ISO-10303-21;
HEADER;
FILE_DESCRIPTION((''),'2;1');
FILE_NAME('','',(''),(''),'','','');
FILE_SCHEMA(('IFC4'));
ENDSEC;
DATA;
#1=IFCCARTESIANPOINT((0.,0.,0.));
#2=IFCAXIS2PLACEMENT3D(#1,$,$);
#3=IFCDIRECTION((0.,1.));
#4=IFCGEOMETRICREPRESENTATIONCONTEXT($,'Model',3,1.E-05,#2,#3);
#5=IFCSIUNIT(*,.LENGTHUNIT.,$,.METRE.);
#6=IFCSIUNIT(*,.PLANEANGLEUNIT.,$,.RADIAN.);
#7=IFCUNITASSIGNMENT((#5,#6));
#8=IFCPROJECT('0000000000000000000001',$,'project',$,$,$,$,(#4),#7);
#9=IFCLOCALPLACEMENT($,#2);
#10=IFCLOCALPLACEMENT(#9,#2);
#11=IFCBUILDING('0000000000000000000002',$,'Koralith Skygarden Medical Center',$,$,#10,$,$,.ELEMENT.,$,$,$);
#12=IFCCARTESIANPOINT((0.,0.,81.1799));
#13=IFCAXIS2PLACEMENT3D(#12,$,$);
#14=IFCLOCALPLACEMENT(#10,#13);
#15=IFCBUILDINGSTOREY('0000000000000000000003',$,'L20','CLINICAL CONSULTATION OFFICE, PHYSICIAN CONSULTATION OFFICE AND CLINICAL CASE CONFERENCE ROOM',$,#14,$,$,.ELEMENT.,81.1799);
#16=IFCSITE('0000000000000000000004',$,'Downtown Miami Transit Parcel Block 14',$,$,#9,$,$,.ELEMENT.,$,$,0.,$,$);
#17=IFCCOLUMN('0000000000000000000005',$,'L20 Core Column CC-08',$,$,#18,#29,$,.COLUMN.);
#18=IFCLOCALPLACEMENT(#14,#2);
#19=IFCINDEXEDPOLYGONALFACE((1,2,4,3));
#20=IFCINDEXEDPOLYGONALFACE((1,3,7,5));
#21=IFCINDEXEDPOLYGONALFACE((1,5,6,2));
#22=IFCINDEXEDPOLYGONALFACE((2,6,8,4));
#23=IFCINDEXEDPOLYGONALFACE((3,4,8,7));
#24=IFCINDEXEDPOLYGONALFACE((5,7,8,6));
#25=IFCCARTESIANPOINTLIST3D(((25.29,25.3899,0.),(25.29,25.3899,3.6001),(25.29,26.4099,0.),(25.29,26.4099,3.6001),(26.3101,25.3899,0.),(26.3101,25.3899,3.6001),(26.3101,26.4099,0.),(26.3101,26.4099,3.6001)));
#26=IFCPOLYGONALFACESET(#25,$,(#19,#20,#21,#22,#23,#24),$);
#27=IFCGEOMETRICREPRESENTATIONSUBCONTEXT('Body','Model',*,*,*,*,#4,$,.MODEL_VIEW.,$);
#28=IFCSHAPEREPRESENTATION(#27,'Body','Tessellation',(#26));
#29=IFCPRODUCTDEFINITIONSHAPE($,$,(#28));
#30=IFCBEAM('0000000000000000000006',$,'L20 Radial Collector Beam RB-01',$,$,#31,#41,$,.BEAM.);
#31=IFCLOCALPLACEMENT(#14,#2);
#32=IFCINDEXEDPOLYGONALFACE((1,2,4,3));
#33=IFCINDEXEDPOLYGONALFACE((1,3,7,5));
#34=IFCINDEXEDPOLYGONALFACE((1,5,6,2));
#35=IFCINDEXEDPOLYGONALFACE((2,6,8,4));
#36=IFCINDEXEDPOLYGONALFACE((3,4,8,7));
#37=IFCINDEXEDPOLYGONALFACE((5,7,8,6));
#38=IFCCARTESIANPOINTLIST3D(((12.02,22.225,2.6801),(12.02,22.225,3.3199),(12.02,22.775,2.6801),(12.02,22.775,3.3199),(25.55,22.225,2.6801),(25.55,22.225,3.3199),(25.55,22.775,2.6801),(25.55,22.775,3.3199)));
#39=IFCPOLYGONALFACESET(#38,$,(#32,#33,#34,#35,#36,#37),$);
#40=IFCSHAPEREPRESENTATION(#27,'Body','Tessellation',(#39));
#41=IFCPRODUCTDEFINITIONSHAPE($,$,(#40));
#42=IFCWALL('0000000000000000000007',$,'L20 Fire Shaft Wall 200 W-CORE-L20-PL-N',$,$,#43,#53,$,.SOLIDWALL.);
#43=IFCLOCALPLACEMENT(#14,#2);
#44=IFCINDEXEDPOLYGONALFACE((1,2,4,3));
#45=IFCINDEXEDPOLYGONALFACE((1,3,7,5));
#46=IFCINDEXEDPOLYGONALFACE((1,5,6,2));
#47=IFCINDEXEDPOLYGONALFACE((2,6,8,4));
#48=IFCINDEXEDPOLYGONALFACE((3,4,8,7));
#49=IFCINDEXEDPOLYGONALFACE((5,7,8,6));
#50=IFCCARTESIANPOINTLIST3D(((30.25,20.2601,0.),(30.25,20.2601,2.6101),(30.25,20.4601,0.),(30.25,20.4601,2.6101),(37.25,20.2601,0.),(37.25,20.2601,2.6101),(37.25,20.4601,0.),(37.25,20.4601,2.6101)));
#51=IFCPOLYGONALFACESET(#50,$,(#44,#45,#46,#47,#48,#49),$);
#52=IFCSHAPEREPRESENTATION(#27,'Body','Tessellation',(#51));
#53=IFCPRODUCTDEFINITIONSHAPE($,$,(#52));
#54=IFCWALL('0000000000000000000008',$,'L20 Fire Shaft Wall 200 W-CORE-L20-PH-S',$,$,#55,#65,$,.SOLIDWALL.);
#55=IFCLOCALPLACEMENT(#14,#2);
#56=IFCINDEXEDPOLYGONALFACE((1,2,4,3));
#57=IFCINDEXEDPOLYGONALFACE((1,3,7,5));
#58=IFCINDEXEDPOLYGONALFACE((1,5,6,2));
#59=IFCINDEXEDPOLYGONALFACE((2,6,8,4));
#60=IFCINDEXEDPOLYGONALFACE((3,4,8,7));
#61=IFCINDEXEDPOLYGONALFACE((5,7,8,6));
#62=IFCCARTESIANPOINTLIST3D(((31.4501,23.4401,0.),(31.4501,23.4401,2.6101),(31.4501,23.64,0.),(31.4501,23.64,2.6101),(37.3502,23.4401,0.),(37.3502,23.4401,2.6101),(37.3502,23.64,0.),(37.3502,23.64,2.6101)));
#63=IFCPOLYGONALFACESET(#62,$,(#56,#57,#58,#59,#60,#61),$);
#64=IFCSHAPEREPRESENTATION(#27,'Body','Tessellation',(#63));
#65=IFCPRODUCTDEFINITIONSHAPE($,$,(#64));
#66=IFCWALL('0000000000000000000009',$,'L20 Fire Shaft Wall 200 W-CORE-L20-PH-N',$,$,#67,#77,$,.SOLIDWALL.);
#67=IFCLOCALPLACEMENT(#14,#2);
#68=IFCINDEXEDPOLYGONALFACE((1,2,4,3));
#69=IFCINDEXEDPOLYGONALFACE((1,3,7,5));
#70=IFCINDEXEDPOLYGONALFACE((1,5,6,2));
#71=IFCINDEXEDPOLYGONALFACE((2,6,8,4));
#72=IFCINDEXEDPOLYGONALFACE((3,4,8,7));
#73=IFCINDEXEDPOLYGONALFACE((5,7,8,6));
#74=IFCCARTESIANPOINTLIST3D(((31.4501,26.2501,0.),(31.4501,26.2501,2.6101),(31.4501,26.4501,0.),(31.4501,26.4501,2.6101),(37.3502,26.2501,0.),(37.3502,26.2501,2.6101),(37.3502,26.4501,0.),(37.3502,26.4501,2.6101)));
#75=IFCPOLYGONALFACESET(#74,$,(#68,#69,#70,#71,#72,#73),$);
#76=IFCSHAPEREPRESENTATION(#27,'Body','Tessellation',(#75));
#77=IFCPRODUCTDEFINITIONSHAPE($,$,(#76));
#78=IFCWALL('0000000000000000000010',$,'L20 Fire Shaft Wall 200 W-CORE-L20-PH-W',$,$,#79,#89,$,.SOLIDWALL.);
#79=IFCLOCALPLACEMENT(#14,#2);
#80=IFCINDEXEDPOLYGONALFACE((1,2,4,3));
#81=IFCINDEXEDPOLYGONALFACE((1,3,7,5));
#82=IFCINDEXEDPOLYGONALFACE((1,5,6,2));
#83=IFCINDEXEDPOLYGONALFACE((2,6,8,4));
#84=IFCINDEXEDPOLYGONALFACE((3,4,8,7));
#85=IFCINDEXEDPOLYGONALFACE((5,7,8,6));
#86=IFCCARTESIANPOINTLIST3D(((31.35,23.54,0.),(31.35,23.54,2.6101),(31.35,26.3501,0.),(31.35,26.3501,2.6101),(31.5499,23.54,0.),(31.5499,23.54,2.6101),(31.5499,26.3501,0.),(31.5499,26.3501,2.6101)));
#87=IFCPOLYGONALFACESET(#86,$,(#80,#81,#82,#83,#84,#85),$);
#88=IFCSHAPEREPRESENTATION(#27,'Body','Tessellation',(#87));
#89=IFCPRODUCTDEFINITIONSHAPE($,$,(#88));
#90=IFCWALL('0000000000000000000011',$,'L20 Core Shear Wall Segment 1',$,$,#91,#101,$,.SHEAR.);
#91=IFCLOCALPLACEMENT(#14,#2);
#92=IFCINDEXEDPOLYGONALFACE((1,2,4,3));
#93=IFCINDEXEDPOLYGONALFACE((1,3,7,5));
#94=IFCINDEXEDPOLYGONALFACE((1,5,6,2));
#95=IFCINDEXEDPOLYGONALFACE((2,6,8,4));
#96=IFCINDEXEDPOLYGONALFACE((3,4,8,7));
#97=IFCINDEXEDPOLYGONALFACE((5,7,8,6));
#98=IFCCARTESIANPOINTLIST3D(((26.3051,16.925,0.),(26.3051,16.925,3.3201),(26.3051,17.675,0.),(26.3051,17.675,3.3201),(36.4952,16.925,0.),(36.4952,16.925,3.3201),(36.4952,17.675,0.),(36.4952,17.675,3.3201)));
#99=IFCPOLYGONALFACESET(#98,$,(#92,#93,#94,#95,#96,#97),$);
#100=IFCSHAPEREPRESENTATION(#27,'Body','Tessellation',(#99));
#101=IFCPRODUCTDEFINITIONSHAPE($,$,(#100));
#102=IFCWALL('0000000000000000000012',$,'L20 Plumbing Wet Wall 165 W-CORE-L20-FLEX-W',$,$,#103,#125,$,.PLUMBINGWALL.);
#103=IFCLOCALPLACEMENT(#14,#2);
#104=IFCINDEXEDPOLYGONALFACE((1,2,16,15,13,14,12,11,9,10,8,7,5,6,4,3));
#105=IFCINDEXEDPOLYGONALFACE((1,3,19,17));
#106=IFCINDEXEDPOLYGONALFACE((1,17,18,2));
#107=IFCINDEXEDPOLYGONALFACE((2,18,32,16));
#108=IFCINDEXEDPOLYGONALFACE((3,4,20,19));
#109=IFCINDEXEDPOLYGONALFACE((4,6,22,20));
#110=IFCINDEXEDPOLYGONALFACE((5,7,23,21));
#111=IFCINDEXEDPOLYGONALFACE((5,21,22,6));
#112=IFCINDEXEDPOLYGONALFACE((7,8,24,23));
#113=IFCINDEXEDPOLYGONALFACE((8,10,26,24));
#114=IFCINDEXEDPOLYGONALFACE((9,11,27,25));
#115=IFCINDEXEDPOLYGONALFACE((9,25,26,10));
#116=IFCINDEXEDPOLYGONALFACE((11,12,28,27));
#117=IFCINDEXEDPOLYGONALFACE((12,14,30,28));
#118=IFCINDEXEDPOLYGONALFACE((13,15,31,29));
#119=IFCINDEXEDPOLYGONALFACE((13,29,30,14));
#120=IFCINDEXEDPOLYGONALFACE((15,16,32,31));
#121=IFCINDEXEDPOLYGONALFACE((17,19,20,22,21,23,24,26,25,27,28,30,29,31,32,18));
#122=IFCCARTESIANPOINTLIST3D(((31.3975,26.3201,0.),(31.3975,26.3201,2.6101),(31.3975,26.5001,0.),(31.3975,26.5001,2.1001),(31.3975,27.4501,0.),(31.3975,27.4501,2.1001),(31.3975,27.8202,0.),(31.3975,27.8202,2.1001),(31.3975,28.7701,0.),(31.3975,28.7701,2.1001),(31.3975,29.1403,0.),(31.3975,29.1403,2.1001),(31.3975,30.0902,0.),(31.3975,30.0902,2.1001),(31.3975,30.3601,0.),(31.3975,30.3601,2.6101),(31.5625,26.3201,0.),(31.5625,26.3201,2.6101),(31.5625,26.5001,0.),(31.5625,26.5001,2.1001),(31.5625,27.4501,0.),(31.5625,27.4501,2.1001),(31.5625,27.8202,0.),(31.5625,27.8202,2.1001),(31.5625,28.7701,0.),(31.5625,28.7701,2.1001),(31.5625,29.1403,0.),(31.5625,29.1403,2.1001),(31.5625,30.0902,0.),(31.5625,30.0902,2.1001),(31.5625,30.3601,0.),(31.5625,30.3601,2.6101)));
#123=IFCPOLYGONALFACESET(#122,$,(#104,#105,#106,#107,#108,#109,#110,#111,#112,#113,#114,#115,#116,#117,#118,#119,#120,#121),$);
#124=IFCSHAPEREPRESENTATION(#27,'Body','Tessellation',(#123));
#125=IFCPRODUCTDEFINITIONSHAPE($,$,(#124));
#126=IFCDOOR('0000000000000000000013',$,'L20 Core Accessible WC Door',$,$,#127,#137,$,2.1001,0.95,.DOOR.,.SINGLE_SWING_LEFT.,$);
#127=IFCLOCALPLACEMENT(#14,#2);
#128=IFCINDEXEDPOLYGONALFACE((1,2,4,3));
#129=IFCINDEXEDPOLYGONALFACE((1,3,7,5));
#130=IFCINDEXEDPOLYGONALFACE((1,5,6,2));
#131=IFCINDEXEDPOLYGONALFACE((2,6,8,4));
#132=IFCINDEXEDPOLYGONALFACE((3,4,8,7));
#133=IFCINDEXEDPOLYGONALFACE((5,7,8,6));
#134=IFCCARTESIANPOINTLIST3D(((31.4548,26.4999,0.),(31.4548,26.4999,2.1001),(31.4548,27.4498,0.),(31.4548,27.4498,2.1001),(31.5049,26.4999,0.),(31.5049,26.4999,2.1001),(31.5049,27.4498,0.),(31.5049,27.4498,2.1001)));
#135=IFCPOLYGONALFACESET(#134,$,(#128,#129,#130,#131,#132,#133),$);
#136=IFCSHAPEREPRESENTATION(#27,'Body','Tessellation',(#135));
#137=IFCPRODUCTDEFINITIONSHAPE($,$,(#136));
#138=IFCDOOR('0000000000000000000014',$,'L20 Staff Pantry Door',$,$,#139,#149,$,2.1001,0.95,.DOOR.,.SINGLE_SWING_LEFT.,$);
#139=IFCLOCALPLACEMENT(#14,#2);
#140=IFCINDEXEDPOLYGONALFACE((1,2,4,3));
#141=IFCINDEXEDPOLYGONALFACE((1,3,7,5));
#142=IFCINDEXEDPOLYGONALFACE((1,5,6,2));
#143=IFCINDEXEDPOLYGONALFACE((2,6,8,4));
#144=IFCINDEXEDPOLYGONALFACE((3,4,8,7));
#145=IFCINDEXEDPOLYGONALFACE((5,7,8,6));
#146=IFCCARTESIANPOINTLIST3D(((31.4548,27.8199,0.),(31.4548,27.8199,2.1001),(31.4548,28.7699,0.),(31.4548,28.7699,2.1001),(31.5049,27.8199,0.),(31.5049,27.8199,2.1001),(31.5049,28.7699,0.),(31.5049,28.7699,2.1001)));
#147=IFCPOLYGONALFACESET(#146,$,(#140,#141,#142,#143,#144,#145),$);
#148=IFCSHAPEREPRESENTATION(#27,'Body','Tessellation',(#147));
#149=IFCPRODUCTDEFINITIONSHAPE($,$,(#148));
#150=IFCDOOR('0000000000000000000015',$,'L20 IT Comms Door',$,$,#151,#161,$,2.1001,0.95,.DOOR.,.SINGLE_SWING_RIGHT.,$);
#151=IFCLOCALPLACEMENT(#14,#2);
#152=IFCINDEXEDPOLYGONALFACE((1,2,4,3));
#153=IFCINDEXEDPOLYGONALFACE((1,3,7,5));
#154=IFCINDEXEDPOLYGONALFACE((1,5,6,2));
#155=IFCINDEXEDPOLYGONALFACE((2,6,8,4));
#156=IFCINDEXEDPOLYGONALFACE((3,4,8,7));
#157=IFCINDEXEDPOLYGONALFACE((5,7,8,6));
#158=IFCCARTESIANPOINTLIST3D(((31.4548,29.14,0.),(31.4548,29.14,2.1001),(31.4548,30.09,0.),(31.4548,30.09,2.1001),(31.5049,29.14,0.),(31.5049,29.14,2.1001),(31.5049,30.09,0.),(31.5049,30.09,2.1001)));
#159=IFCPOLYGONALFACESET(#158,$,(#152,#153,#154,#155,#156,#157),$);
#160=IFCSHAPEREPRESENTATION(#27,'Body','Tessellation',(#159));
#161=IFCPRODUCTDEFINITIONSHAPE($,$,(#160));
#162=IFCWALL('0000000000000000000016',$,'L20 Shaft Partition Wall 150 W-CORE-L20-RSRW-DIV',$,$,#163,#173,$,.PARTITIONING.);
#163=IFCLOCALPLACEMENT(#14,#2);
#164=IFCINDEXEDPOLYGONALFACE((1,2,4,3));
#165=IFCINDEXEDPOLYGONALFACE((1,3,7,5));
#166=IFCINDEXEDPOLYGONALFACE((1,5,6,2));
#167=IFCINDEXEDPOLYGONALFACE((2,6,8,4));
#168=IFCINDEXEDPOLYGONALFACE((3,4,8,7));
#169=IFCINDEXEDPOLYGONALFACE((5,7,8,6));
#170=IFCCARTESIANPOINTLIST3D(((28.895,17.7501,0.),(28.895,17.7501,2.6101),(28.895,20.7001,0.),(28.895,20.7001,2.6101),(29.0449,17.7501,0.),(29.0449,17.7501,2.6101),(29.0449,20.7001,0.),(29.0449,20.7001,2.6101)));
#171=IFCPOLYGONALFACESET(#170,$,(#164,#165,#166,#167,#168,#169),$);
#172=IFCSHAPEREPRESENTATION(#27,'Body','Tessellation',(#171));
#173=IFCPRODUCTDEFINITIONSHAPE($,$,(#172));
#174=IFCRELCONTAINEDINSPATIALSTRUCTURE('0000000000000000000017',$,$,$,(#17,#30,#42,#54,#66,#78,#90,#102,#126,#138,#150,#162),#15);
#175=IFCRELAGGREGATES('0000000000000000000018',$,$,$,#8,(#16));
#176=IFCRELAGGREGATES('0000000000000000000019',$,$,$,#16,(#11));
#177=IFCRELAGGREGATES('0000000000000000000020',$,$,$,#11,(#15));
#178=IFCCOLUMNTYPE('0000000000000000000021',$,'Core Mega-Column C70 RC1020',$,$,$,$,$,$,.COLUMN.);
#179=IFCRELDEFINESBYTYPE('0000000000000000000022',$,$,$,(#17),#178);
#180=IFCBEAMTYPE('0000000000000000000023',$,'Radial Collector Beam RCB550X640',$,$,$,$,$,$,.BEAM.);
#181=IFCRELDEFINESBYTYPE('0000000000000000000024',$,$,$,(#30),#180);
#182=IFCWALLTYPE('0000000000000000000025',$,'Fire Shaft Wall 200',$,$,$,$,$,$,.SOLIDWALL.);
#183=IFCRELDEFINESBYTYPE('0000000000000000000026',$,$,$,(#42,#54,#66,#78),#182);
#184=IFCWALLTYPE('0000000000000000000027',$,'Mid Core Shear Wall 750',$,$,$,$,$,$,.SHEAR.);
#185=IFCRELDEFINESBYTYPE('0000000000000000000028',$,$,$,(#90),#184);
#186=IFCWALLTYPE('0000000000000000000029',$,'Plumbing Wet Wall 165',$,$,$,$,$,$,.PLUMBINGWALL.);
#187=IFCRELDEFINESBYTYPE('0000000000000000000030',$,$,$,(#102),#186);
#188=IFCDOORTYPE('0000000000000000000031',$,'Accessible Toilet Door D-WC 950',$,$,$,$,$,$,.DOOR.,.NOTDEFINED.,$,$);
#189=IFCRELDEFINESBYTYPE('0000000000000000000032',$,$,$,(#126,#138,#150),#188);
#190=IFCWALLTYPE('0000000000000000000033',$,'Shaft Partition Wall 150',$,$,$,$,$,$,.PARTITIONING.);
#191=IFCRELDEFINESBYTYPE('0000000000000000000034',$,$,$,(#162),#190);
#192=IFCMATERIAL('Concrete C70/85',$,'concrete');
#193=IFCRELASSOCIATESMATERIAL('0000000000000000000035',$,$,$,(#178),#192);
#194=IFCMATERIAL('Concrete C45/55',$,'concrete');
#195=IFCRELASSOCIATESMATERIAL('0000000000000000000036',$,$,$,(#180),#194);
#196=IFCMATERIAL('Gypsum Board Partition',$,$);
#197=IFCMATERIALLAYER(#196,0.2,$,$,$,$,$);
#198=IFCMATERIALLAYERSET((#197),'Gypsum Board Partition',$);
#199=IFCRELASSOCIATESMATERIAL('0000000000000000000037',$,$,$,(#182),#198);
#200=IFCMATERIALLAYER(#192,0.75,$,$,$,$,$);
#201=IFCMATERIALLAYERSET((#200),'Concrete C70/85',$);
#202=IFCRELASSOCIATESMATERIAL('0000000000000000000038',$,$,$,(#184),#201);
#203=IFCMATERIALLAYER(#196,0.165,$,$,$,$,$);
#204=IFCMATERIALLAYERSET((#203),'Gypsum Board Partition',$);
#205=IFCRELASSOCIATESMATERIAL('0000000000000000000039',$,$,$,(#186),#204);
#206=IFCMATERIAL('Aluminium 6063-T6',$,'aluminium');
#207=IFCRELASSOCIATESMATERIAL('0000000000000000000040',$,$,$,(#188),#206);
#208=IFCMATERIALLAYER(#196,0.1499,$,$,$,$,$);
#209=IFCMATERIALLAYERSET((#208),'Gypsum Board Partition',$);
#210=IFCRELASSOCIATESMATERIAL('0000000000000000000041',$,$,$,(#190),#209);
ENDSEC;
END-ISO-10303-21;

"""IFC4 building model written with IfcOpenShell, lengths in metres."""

from ifc_helpers import new_model, si_unit, direction, frame, frame_2d, origin, origin_2d, place, context, subcontext, project, spatial, rectangle, extrude, material, layer, layer_set, material_profile, profile_set, type_object, element, fill, save


model = new_model("IFC4")

# Units and contexts
model_context = context("Model", 3, precision=1e-05, world=origin(), true_north=direction((0.0, 1.0)))
body_context = subcontext(model_context, "Body", "Model", "MODEL_VIEW")
ifc_project = project(units=[si_unit("LENGTHUNIT", "METRE"), si_unit("PLANEANGLEUNIT", "RADIAN")], contexts=[model_context])

# Site, building, storey
site_placement = place(None, origin())
site = spatial("IfcSite", under=ifc_project, at=site_placement, Name="Downtown Miami Transit Parcel Block 14", CompositionType="ELEMENT", RefElevation=0.0)
building_placement = place(site_placement, origin())
building = spatial("IfcBuilding", under=site, at=building_placement, Name="Koralith Skygarden Medical Center", CompositionType="ELEMENT")
storey_placement = place(building_placement, frame((0.0, 0.0, 81.1799)))
storey = spatial("IfcBuildingStorey", under=building, at=storey_placement, Name="L20", Description="CLINICAL CONSULTATION OFFICE, PHYSICIAN CONSULTATION OFFICE AND CLINICAL CASE CONFERENCE ROOM", CompositionType="ELEMENT", Elevation=81.1799)

# Column
ifc_material_1 = material(Name="Concrete C70/85", Category="concrete")
ifc_material_profile_1 = material_profile(ifc_material_1, rectangle(XDim=1.02, YDim=1.02, at=origin_2d()), Name="RC1020X1020")
ifc_profile_set_1 = profile_set([ifc_material_profile_1], Name="Concrete C70/85")
column_type = type_object("IfcColumnType", Name="Core Mega-Column C70 RC1020", PredefinedType="COLUMN", material=ifc_profile_set_1)
column_placement = place(storey_placement, frame((25.8, 25.8999, 0.0), z_axis=(0.0, 0.0, 1.0), x_axis=(1.0, 0.0, 0.0)))
element("IfcColumn", 1, at=column_placement, inside=storey, type_object=column_type, Name="L20 Core Column CC-08", PredefinedType="COLUMN", context=body_context, shape_type="SweptSolid", body=[
    extrude(rectangle(XDim=1.02, YDim=1.02, at=origin_2d()), origin(), (0.0, 0.0, 1.0), 3.6001),
])

# Beam
ifc_material_2 = material(Name="Concrete C45/55", Category="concrete")
ifc_material_profile_2 = material_profile(ifc_material_2, rectangle(XDim=0.55, YDim=0.6399, at=origin_2d()), Name="RCB550X640")
ifc_profile_set_2 = profile_set([ifc_material_profile_2], Name="Concrete C45/55")
beam_type = type_object("IfcBeamType", Name="Radial Collector Beam RCB550X640", PredefinedType="BEAM", material=ifc_profile_set_2)
beam_placement = place(storey_placement, frame((25.55, 22.5, 3.0), z_axis=(-1.0, 0.0, 0.0), x_axis=(0.0, -1.0, 0.0)))
element("IfcBeam", 2, at=beam_placement, inside=storey, type_object=beam_type, Name="L20 Radial Collector Beam RB-01", PredefinedType="BEAM", context=body_context, shape_type="SweptSolid", body=[
    extrude(rectangle(XDim=0.55, YDim=0.6399, at=origin_2d()), origin(), (0.0, 0.0, 1.0), 13.53),
])

# Shared definitions
ifc_material_3 = material(Name="Gypsum Board Partition")
ifc_layer_1 = layer(ifc_material_3, 0.2)
ifc_layer_set_1 = layer_set([ifc_layer_1], Name="Gypsum Board Partition")
wall_type_1 = type_object("IfcWallType", Name="Fire Shaft Wall 200", PredefinedType="SOLIDWALL", material=ifc_layer_set_1)

# Walls
wall_1_placement = place(storey_placement, frame((30.25, 20.3601, 0.0), z_axis=(0.0, 0.0, 1.0), x_axis=(1.0, 0.0, 0.0)))
element("IfcWall", 3, at=wall_1_placement, inside=storey, type_object=wall_type_1, Name="L20 Fire Shaft Wall 200 W-CORE-L20-PL-N", PredefinedType="SOLIDWALL", context=body_context, shape_type="SweptSolid", body=[
    extrude(rectangle(XDim=7.0, YDim=0.2, at=frame_2d((3.5, 0.0))), origin(), (0.0, 0.0, 1.0), 2.6101),
])
for number, where, z_axis, x_axis, name in (
    (4, (31.45, 23.54, 0.0), (0.0, 0.0, 1.0), (1.0, 0.0, 0.0), "L20 Fire Shaft Wall 200 W-CORE-L20-PH-S"),
    (5, (31.45, 26.3501, 0.0), (0.0, 0.0, 1.0), (1.0, 0.0, 0.0), "L20 Fire Shaft Wall 200 W-CORE-L20-PH-N"),
):
    element("IfcWall", number, at=place(storey_placement, frame(where, z_axis=z_axis, x_axis=x_axis)), inside=storey, type_object=wall_type_1, Name=name, PredefinedType="SOLIDWALL", context=body_context, shape_type="SweptSolid", body=[
        extrude(rectangle(XDim=5.9001, YDim=0.2, at=frame_2d((2.9502, 0.0))), origin(), (0.0, 0.0, 1.0), 2.6101),
    ])
wall_2_placement = place(storey_placement, frame((31.45, 23.54, 0.0), z_axis=(0.0, 0.0, 1.0), x_axis=(0.0, 1.0, 0.0)))
element("IfcWall", 6, at=wall_2_placement, inside=storey, type_object=wall_type_1, Name="L20 Fire Shaft Wall 200 W-CORE-L20-PH-W", PredefinedType="SOLIDWALL", context=body_context, shape_type="SweptSolid", body=[
    extrude(rectangle(XDim=2.8101, YDim=0.2, at=frame_2d((1.405, 0.0))), origin(), (0.0, 0.0, 1.0), 2.6101),
])
ifc_layer_2 = layer(ifc_material_1, 0.75)
ifc_layer_set_2 = layer_set([ifc_layer_2], Name="Concrete C70/85")
wall_type_2 = type_object("IfcWallType", Name="Mid Core Shear Wall 750", PredefinedType="SHEAR", material=ifc_layer_set_2)
wall_3_placement = place(storey_placement, frame((26.3049, 17.3, 0.0), z_axis=(0.0, 0.0, 1.0), x_axis=(1.0, 0.0, 0.0)))
element("IfcWall", 7, at=wall_3_placement, inside=storey, type_object=wall_type_2, Name="L20 Core Shear Wall Segment 1", PredefinedType="SHEAR", context=body_context, shape_type="SweptSolid", body=[
    extrude(rectangle(XDim=10.1902, YDim=0.75, at=frame_2d((5.0952, 0.0))), origin(), (0.0, 0.0, 1.0), 3.3201),
])

# Wall, openings, doors
ifc_layer_3 = layer(ifc_material_3, 0.165)
ifc_layer_set_3 = layer_set([ifc_layer_3], Name="Gypsum Board Partition")
wall_type_3 = type_object("IfcWallType", Name="Plumbing Wet Wall 165", PredefinedType="PLUMBINGWALL", material=ifc_layer_set_3)
wall_4_placement = place(storey_placement, frame((31.48, 26.3201, 0.0), z_axis=(0.0, 0.0, 1.0), x_axis=(0.0, 1.0, 0.0)))
wall_4 = element("IfcWall", 8, at=wall_4_placement, inside=storey, type_object=wall_type_3, Name="L20 Plumbing Wet Wall 165 W-CORE-L20-FLEX-W", PredefinedType="PLUMBINGWALL", context=body_context, shape_type="SweptSolid", body=[
    extrude(rectangle(XDim=4.04, YDim=0.165, at=frame_2d((2.02, 0.0))), origin(), (0.0, 0.0, 1.0), 2.6101),
])
opening_1_placement = place(wall_4_placement, frame((0.1799, 0.0, 0.0)))
opening_1 = element("IfcOpeningElement", 9, at=opening_1_placement, cuts=wall_4, PredefinedType="OPENING", context=body_context, shape_type="SweptSolid", body=[
    extrude(rectangle(XDim=0.95, YDim=2.1001, at=frame_2d((0.4751, 1.05))), frame((0.0, 0.0925, 0.0), z_axis=(0.0, -1.0, 0.0), x_axis=(1.0, 0.0, 0.0)), (0.0, 0.0, 1.0), 0.1851),
])
opening_2_placement = place(wall_4_placement, frame((1.5, 0.0, 0.0)))
opening_2 = element("IfcOpeningElement", 10, at=opening_2_placement, cuts=wall_4, PredefinedType="OPENING", context=body_context, shape_type="SweptSolid", body=[
    extrude(rectangle(XDim=0.95, YDim=2.1001, at=frame_2d((0.4751, 1.05))), frame((0.0, 0.0925, 0.0), z_axis=(0.0, -1.0, 0.0), x_axis=(1.0, 0.0, 0.0)), (0.0, 0.0, 1.0), 0.1851),
])
opening_3_placement = place(wall_4_placement, frame((2.8201, 0.0, 0.0)))
opening_3 = element("IfcOpeningElement", 11, at=opening_3_placement, cuts=wall_4, PredefinedType="OPENING", context=body_context, shape_type="SweptSolid", body=[
    extrude(rectangle(XDim=0.95, YDim=2.1001, at=frame_2d((0.4751, 1.05))), frame((0.0, 0.0925, 0.0), z_axis=(0.0, -1.0, 0.0), x_axis=(1.0, 0.0, 0.0)), (0.0, 0.0, 1.0), 0.1851),
])
ifc_material_4 = material(Name="Aluminium 6063-T6", Category="aluminium")
door_type_1 = type_object("IfcDoorType", Name="Accessible Toilet Door D-WC 950", OperationType="NOTDEFINED", PredefinedType="DOOR", material=ifc_material_4)
door_1_placement = place(opening_1_placement, frame((0.95, 0.0, 0.0), z_axis=(0.0, 0.0, 1.0), x_axis=(-1.0, 0.0, 0.0)))
door_1 = element("IfcDoor", 12, at=door_1_placement, inside=storey, type_object=door_type_1, Name="L20 Core Accessible WC Door", OperationType="SINGLE_SWING_LEFT", OverallHeight=2.1001, OverallWidth=0.95, PredefinedType="DOOR", context=body_context, shape_type="SweptSolid", body=[
    extrude(rectangle(XDim=0.95, YDim=2.1001, at=frame_2d((0.4751, 1.05))), frame((0.0, 0.0249, 0.0), z_axis=(0.0, -1.0, 0.0), x_axis=(1.0, 0.0, 0.0)), (0.0, 0.0, 1.0), 0.05),
])
fill(opening_1, door_1)
door_2_placement = place(opening_2_placement, frame((0.95, 0.0, 0.0), z_axis=(0.0, 0.0, 1.0), x_axis=(-1.0, 0.0, 0.0)))
door_2 = element("IfcDoor", 13, at=door_2_placement, inside=storey, type_object=door_type_1, Name="L20 Staff Pantry Door", OperationType="SINGLE_SWING_LEFT", OverallHeight=2.1001, OverallWidth=0.95, PredefinedType="DOOR", context=body_context, shape_type="SweptSolid", body=[
    extrude(rectangle(XDim=0.95, YDim=2.1001, at=frame_2d((0.4751, 1.05))), frame((0.0, 0.0249, 0.0), z_axis=(0.0, -1.0, 0.0), x_axis=(1.0, 0.0, 0.0)), (0.0, 0.0, 1.0), 0.05),
])
fill(opening_2, door_2)
door_3_placement = place(opening_3_placement, frame((0.95, 0.0, 0.0), z_axis=(0.0, 0.0, 1.0), x_axis=(-1.0, 0.0, 0.0)))
door_3 = element("IfcDoor", 14, at=door_3_placement, inside=storey, type_object=door_type_1, Name="L20 IT Comms Door", OperationType="SINGLE_SWING_RIGHT", OverallHeight=2.1001, OverallWidth=0.95, PredefinedType="DOOR", context=body_context, shape_type="SweptSolid", body=[
    extrude(rectangle(XDim=0.95, YDim=2.1001, at=frame_2d((0.4751, 1.05))), frame((0.0, 0.0249, 0.0), z_axis=(0.0, -1.0, 0.0), x_axis=(1.0, 0.0, 0.0)), (0.0, 0.0, 1.0), 0.05),
])
fill(opening_3, door_3)

# Wall
ifc_layer_4 = layer(ifc_material_3, 0.1499)
ifc_layer_set_4 = layer_set([ifc_layer_4], Name="Gypsum Board Partition")
wall_type_4 = type_object("IfcWallType", Name="Shaft Partition Wall 150", PredefinedType="PARTITIONING", material=ifc_layer_set_4)
wall_5_placement = place(storey_placement, frame((28.97, 17.75, 0.0), z_axis=(0.0, 0.0, 1.0), x_axis=(0.0, 1.0, 0.0)))
element("IfcWall", 15, at=wall_5_placement, inside=storey, type_object=wall_type_4, Name="L20 Shaft Partition Wall 150 W-CORE-L20-RSRW-DIV", PredefinedType="PARTITIONING", context=body_context, shape_type="SweptSolid", body=[
    extrude(rectangle(XDim=2.95, YDim=0.1499, at=frame_2d((1.4751, 0.0))), origin(), (0.0, 0.0, 1.0), 2.6101),
])

save(model, "model.ifc")
